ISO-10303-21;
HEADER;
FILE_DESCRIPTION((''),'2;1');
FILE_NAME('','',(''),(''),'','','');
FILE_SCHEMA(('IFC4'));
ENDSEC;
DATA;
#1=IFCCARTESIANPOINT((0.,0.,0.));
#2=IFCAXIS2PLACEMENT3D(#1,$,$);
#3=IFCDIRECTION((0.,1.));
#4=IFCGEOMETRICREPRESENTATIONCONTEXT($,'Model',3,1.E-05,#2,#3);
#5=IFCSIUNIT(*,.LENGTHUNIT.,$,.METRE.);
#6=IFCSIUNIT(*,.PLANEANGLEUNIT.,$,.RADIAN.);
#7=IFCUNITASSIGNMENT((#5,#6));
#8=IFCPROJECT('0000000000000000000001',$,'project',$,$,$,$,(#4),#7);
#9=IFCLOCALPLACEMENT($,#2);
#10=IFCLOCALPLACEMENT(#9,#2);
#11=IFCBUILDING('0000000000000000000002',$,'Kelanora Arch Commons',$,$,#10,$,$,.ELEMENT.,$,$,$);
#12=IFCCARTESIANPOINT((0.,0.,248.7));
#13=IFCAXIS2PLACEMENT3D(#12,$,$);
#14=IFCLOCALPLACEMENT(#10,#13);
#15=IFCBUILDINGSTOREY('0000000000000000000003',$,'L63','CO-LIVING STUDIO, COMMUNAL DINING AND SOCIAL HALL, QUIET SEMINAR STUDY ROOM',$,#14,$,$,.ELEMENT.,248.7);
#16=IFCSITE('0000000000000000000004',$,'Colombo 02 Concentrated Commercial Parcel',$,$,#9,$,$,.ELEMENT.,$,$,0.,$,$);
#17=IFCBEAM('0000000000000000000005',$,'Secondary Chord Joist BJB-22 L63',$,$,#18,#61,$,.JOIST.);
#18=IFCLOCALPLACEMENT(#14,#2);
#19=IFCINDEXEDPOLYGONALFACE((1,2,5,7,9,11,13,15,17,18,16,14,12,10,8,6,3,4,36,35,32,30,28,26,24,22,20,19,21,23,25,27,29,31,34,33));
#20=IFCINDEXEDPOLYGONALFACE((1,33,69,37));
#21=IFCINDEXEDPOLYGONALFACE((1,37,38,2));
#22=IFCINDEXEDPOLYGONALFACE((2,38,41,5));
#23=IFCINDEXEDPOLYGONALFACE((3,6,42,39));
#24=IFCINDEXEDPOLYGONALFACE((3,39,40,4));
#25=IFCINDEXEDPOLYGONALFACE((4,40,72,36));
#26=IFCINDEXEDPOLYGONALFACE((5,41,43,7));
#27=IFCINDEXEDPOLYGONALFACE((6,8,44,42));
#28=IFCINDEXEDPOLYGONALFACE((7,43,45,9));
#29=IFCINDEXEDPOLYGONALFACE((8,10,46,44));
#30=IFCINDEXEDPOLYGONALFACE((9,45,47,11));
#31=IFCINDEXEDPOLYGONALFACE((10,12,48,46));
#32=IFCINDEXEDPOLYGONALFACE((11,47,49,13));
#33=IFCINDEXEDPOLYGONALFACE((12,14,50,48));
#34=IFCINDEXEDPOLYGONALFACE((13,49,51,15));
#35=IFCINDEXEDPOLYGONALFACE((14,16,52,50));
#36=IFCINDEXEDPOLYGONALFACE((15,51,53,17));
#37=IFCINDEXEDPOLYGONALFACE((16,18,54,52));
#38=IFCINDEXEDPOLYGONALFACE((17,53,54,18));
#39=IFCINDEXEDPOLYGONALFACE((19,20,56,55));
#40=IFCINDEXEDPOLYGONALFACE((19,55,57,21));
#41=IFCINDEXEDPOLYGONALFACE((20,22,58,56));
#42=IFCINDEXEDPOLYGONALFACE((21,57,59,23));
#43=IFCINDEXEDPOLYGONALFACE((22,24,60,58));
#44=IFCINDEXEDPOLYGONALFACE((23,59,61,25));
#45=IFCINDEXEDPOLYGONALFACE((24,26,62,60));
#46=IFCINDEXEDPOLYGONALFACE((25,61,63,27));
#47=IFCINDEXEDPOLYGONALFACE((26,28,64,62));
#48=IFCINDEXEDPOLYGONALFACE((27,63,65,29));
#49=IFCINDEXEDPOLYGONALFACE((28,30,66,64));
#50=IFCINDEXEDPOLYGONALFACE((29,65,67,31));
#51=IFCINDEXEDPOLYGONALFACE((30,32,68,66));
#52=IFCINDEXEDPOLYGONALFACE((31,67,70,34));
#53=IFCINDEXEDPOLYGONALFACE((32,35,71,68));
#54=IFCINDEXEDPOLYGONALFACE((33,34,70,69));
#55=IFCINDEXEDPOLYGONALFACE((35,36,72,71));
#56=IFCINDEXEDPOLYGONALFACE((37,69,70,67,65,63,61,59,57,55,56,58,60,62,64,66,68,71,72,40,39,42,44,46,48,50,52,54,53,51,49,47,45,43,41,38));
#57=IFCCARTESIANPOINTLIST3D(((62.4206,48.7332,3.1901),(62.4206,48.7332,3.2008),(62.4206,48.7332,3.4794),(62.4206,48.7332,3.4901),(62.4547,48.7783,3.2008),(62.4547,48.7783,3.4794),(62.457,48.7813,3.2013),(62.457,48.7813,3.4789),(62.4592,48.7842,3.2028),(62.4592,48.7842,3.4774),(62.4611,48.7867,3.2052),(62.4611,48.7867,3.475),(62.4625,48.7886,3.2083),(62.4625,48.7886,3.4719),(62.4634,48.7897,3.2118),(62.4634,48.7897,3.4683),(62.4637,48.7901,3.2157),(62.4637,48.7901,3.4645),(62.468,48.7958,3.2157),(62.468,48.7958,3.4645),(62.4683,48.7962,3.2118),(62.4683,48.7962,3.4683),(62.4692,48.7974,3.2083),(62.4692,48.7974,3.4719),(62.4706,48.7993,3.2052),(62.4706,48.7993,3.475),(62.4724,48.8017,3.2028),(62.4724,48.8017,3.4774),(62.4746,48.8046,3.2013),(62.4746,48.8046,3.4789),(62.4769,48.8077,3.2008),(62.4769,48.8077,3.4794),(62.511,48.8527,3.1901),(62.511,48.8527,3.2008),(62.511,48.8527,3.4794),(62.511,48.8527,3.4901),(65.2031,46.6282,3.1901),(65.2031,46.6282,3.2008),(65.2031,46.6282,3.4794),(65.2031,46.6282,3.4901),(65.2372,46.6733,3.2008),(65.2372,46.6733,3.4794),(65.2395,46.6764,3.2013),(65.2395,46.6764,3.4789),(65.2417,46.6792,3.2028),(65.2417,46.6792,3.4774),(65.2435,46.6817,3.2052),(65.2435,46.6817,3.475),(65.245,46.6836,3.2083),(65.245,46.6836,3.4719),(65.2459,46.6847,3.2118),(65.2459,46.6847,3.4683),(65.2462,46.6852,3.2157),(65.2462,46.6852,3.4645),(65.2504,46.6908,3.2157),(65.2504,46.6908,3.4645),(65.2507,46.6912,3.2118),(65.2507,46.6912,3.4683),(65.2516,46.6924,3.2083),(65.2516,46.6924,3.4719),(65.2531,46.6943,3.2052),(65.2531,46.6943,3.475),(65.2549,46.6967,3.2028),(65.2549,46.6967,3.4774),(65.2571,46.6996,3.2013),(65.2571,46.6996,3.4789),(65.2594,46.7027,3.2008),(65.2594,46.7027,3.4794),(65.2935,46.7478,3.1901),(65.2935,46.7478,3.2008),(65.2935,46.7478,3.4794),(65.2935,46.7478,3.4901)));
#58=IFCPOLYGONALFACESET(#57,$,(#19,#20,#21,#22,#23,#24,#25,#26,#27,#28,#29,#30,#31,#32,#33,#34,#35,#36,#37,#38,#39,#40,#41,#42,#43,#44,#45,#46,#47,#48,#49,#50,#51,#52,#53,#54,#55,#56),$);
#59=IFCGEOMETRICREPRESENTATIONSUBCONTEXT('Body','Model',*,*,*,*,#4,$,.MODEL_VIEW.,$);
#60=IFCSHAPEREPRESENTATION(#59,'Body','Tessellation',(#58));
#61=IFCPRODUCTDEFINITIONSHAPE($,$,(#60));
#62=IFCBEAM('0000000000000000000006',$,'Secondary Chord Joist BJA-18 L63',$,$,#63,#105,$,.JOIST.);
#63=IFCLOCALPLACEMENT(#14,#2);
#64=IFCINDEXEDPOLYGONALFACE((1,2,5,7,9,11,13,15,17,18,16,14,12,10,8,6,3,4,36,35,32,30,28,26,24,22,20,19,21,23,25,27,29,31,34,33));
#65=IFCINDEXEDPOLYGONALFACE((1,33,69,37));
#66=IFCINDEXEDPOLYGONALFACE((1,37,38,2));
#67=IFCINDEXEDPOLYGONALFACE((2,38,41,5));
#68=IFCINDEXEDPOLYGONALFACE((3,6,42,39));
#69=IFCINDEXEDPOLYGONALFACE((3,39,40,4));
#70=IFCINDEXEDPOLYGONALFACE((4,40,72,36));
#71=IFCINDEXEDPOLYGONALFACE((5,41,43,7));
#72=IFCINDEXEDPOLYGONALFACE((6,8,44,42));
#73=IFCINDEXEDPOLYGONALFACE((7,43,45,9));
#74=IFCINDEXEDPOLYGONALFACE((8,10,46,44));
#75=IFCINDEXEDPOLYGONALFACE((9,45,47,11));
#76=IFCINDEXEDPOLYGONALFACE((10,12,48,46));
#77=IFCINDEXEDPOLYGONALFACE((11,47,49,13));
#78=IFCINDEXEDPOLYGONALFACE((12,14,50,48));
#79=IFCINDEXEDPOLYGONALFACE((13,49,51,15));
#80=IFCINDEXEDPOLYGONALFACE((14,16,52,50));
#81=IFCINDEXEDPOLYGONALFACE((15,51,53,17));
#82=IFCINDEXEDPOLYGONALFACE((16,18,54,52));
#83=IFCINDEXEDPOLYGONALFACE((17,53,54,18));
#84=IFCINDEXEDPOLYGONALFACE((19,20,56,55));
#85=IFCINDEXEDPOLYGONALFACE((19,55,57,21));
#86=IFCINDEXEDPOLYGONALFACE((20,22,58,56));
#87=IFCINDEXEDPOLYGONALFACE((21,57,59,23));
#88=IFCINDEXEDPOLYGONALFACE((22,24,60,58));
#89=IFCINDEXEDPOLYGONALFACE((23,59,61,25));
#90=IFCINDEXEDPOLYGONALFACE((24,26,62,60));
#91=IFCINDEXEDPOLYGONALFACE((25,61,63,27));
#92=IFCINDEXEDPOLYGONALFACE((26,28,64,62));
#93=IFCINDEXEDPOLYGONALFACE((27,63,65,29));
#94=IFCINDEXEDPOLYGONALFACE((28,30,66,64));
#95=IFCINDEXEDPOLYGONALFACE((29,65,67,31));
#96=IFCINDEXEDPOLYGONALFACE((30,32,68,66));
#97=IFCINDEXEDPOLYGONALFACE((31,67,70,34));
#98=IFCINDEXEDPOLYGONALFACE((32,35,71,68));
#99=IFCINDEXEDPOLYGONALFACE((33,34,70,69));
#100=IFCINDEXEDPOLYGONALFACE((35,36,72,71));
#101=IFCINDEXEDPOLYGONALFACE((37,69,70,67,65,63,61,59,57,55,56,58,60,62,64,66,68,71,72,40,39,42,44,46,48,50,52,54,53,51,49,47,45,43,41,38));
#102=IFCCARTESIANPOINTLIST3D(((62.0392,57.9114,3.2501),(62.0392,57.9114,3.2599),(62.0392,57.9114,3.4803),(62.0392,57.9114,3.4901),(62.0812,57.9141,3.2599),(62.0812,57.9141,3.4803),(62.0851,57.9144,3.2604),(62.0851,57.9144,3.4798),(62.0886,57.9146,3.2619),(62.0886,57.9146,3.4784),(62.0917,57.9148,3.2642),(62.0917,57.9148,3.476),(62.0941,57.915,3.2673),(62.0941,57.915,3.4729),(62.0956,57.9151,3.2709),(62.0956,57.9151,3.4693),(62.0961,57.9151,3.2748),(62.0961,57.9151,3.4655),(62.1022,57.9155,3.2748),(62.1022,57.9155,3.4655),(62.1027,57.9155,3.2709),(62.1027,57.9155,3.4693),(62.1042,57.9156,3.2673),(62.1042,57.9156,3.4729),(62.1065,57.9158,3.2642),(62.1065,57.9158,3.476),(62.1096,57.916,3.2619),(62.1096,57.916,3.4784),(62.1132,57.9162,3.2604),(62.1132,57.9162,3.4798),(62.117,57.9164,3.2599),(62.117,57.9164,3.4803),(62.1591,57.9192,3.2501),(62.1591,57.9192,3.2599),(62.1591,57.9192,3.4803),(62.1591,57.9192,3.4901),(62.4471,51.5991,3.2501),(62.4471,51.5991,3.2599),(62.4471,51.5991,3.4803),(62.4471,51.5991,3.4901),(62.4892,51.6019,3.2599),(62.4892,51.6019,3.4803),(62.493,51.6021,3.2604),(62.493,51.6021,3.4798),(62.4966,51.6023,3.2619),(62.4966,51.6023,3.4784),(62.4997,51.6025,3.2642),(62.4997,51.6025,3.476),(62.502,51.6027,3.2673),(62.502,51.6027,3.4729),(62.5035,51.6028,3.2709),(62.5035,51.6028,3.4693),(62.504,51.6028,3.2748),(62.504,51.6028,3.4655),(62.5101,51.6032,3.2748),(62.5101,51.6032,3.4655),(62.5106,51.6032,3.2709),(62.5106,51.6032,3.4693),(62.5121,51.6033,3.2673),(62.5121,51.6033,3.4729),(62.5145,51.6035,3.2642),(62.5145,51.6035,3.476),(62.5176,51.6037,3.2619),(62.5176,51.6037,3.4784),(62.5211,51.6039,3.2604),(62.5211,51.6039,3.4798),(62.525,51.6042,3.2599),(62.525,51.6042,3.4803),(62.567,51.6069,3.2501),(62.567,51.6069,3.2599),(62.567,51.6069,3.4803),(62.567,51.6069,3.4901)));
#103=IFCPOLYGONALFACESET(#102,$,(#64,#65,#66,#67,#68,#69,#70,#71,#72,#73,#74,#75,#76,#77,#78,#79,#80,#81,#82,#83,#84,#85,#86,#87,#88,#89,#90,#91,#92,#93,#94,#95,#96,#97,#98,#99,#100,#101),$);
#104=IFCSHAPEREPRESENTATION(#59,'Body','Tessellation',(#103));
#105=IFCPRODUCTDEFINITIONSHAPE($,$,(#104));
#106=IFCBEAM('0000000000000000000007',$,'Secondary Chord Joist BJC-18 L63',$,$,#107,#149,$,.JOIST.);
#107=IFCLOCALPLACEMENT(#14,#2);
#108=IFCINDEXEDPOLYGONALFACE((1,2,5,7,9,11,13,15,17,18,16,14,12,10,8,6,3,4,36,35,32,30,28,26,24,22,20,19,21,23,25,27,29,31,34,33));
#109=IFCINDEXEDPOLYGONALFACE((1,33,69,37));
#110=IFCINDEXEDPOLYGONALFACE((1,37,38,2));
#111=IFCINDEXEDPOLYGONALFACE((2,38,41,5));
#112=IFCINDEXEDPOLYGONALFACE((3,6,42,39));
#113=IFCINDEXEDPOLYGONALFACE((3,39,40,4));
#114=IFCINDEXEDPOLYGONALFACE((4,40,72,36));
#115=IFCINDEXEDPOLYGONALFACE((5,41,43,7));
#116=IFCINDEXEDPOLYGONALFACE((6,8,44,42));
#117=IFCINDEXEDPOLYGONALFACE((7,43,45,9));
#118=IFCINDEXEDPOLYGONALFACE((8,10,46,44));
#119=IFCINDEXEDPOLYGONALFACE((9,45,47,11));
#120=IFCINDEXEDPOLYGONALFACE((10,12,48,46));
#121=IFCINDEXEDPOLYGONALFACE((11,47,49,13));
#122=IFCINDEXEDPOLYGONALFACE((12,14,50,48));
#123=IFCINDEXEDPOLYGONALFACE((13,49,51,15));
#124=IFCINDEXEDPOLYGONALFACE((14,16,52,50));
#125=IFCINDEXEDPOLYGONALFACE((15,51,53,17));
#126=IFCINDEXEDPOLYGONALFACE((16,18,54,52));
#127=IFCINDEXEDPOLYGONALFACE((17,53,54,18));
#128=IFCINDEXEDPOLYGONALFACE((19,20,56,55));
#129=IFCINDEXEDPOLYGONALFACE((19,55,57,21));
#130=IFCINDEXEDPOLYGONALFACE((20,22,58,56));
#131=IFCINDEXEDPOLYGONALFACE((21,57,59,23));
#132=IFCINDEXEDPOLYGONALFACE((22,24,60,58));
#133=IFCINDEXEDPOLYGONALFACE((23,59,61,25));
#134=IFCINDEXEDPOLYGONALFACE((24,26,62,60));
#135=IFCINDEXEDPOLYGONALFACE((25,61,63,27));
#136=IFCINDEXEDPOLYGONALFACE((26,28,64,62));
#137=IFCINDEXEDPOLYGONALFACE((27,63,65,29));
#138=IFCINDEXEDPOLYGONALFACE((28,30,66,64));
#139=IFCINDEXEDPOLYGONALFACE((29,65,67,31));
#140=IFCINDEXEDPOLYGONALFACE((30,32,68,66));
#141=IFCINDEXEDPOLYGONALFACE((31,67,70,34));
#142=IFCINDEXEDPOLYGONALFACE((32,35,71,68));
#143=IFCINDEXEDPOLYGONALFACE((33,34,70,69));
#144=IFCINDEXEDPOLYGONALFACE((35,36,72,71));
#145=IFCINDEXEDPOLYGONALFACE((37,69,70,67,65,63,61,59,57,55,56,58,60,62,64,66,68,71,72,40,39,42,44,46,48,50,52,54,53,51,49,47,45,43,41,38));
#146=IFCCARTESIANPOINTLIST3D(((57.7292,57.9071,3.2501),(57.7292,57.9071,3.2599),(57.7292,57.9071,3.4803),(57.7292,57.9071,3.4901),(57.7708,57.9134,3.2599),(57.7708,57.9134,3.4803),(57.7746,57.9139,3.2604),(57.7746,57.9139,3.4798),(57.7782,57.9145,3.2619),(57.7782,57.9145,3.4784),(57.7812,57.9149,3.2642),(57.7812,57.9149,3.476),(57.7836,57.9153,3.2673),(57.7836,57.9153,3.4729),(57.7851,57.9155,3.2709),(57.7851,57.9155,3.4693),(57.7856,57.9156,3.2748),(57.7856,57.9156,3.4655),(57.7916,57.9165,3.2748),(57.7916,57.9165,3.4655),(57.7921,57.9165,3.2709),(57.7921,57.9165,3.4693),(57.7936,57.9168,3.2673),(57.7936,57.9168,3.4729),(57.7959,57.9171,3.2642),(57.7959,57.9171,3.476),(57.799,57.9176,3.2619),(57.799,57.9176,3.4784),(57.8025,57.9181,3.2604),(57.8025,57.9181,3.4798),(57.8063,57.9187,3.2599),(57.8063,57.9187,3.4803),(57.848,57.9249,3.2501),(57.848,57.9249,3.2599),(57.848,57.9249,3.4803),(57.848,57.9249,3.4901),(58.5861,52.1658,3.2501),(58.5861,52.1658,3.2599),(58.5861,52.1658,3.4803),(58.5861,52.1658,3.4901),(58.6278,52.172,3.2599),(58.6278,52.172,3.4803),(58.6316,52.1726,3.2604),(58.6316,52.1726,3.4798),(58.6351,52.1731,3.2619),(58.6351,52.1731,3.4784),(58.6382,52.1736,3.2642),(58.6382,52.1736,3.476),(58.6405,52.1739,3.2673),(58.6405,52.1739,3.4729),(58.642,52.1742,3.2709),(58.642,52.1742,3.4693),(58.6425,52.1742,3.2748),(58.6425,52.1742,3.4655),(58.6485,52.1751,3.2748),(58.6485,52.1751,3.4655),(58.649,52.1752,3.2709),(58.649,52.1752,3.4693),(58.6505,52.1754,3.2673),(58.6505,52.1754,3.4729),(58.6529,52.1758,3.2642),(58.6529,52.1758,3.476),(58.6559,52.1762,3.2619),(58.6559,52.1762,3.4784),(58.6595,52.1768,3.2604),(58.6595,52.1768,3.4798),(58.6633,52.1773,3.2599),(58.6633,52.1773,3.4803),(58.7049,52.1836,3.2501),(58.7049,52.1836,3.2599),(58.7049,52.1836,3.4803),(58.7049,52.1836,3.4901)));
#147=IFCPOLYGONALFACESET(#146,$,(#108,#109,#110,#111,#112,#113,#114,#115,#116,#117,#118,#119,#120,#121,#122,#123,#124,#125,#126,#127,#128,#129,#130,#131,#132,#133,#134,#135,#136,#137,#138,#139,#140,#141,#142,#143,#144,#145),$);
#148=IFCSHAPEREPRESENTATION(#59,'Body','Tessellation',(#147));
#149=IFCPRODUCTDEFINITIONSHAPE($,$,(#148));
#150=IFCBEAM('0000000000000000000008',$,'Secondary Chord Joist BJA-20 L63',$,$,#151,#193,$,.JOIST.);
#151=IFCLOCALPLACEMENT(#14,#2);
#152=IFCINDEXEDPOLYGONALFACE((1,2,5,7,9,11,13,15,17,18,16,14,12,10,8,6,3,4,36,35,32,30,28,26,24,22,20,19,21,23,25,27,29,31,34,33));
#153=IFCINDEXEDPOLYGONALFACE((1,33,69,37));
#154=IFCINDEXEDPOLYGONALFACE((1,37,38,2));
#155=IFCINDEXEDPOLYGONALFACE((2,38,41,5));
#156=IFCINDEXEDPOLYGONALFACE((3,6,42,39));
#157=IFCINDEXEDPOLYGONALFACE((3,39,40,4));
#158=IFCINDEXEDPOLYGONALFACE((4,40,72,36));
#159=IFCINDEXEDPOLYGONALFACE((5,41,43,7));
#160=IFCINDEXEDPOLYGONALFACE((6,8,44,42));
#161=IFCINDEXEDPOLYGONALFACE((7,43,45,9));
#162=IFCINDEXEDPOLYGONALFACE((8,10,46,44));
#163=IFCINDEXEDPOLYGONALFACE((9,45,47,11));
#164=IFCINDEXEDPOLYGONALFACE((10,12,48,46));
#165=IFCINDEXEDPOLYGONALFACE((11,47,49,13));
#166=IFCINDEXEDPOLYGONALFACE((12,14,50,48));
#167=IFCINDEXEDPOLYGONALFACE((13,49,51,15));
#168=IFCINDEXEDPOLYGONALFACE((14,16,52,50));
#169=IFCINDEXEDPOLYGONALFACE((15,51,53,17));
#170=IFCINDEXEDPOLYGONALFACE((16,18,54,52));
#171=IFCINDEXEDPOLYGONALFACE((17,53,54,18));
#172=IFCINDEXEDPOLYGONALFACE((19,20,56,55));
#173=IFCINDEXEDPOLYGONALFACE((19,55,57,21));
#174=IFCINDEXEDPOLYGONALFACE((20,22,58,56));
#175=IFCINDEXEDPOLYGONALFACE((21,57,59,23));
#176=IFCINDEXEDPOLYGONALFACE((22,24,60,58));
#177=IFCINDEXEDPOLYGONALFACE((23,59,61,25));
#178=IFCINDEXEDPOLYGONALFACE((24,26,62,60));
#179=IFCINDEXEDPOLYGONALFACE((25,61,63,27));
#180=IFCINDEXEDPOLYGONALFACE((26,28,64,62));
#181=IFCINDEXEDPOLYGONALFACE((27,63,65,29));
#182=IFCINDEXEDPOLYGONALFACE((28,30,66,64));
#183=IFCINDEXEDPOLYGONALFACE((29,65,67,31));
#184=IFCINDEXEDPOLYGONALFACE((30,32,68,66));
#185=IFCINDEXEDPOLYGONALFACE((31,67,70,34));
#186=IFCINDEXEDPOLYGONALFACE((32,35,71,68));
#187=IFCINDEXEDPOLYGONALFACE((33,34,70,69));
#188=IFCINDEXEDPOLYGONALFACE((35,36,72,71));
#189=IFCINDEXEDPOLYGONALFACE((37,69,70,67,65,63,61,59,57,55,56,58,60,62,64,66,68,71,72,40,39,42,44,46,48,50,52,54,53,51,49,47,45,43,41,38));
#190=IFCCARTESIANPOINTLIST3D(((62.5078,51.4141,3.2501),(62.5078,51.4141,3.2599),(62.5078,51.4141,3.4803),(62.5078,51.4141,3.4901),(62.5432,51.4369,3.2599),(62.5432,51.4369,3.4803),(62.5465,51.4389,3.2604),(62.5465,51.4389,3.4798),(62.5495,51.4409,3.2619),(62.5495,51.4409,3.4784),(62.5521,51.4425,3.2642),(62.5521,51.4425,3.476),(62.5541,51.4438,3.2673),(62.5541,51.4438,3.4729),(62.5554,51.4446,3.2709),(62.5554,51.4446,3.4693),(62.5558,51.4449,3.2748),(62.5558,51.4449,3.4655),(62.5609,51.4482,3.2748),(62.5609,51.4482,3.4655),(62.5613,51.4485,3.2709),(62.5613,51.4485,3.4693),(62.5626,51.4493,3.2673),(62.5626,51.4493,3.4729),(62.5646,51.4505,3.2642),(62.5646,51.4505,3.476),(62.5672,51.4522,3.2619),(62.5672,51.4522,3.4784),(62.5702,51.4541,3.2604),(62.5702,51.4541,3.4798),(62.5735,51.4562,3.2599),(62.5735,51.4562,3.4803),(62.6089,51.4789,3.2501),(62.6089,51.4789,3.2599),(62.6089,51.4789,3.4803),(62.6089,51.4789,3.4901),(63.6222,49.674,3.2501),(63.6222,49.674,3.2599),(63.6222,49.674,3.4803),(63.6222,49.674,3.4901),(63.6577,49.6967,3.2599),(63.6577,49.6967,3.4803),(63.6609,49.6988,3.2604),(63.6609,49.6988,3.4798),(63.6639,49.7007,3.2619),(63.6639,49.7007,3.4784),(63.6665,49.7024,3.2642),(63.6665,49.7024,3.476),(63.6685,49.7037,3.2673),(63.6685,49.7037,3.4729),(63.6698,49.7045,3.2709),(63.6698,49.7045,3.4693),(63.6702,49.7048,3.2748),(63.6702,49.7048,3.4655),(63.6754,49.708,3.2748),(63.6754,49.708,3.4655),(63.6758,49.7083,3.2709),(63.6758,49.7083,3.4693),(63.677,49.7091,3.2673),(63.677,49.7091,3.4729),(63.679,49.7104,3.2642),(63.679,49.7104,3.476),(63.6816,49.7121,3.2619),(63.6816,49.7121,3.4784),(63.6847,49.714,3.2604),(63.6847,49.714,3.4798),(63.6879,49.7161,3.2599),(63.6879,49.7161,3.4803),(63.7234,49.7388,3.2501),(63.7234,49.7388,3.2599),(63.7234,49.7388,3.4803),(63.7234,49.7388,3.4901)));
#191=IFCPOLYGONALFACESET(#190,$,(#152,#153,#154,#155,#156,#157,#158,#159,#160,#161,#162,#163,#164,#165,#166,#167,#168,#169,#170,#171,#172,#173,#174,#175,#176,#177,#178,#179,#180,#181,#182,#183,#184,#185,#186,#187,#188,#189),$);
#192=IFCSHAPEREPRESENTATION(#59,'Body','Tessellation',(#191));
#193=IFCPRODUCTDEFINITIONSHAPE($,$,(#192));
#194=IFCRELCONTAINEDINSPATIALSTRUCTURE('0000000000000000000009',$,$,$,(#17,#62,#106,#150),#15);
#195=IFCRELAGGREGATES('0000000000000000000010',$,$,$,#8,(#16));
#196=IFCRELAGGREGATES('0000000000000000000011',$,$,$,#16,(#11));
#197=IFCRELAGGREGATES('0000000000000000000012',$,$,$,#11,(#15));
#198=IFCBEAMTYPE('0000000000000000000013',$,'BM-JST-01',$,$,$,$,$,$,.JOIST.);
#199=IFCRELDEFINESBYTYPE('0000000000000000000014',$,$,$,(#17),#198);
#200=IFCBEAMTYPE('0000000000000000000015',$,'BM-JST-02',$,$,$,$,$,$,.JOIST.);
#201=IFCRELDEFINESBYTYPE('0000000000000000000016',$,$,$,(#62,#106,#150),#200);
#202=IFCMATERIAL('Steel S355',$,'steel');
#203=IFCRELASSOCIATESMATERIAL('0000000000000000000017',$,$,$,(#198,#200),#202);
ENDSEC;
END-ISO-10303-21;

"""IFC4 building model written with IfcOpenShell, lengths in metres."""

from ifc_helpers import new_model, si_unit, direction, frame, origin, origin_2d, place, context, subcontext, project, spatial, i_section, extrude, material, material_profile, profile_set, type_object, element, save


model = new_model("IFC4")

# Units and contexts
model_context = context("Model", 3, precision=1e-05, world=origin(), true_north=direction((0.0, 1.0)))
body_context = subcontext(model_context, "Body", "Model", "MODEL_VIEW")
ifc_project = project(units=[si_unit("LENGTHUNIT", "METRE"), si_unit("PLANEANGLEUNIT", "RADIAN")], contexts=[model_context])

# Site, building, storey
site_placement = place(None, origin())
site = spatial("IfcSite", under=ifc_project, at=site_placement, Name="Colombo 02 Concentrated Commercial Parcel", CompositionType="ELEMENT", RefElevation=0.0)
building_placement = place(site_placement, origin())
building = spatial("IfcBuilding", under=site, at=building_placement, Name="Kelanora Arch Commons", CompositionType="ELEMENT")
storey_placement = place(building_placement, frame((0.0, 0.0, 248.7)))
storey = spatial("IfcBuildingStorey", under=building, at=storey_placement, Name="L63", Description="CO-LIVING STUDIO, COMMUNAL DINING AND SOCIAL HALL, QUIET SEMINAR STUDY ROOM", CompositionType="ELEMENT", Elevation=248.7)

# Beams
ifc_material_1 = material(Name="Steel S355", Category="steel")
ifc_material_profile_1 = material_profile(ifc_material_1, i_section(OverallWidth=0.1499, OverallDepth=0.3, WebThickness=0.0071, FlangeThickness=0.0107, FilletRadius=0.0149, at=origin_2d()), Name="IPE300")
ifc_profile_set_1 = profile_set([ifc_material_profile_1], Name="Steel S355")
beam_type_1 = type_object("IfcBeamType", Name="BM-JST-01", PredefinedType="JOIST", material=ifc_profile_set_1)
beam_1_placement = place(storey_placement, frame((62.4658, 48.793, 3.3401), z_axis=(0.797499, -0.60332, 0.0), x_axis=(0.60332, 0.797499, 0.0)))
element("IfcBeam", 1, at=beam_1_placement, inside=storey, type_object=beam_type_1, Name="Secondary Chord Joist BJB-22 L63", PredefinedType="JOIST", context=body_context, shape_type="SweptSolid", body=[
    extrude(i_section(OverallWidth=0.1499, OverallDepth=0.3, WebThickness=0.0071, FlangeThickness=0.0107, FilletRadius=0.0149, at=origin_2d()), origin(), (0.0, 0.0, 1.0), 3.489),
])
ifc_material_profile_2 = material_profile(ifc_material_1, i_section(OverallWidth=0.1201, OverallDepth=0.24, WebThickness=0.0061, FlangeThickness=0.0098, FilletRadius=0.0149, at=origin_2d()), Name="IPE240")
ifc_profile_set_2 = profile_set([ifc_material_profile_2], Name="Steel S355")
beam_type_2 = type_object("IfcBeamType", Name="BM-JST-02", PredefinedType="JOIST", material=ifc_profile_set_2)
beam_2_placement = place(storey_placement, frame((62.0991, 57.9153, 3.3701), z_axis=(0.064495, -0.997918, 0.0), x_axis=(0.997918, 0.064495, 0.0)))
element("IfcBeam", 2, at=beam_2_placement, inside=storey, type_object=beam_type_2, Name="Secondary Chord Joist BJA-18 L63", PredefinedType="JOIST", context=body_context, shape_type="SweptSolid", body=[
    extrude(i_section(OverallWidth=0.1201, OverallDepth=0.24, WebThickness=0.0061, FlangeThickness=0.0098, FilletRadius=0.0149, at=origin_2d()), origin(), (0.0, 0.0, 1.0), 6.3254),
])
beam_3_placement = place(storey_placement, frame((57.7886, 57.916, 3.3701), z_axis=(0.147625, -0.989043, 0.0), x_axis=(0.989043, 0.147625, 0.0)))
element("IfcBeam", 3, at=beam_3_placement, inside=storey, type_object=beam_type_2, Name="Secondary Chord Joist BJC-18 L63", PredefinedType="JOIST", context=body_context, shape_type="SweptSolid", body=[
    extrude(i_section(OverallWidth=0.1201, OverallDepth=0.24, WebThickness=0.0061, FlangeThickness=0.0098, FilletRadius=0.0149, at=origin_2d()), origin(), (0.0, 0.0, 1.0), 5.8049),
])
beam_4_placement = place(storey_placement, frame((62.5583, 51.4465, 3.3701), z_axis=(0.539312, -0.842106, 0.0), x_axis=(0.842106, 0.539312, 0.0)))
element("IfcBeam", 4, at=beam_4_placement, inside=storey, type_object=beam_type_2, Name="Secondary Chord Joist BJA-20 L63", PredefinedType="JOIST", context=body_context, shape_type="SweptSolid", body=[
    extrude(i_section(OverallWidth=0.1201, OverallDepth=0.24, WebThickness=0.0061, FlangeThickness=0.0098, FilletRadius=0.0149, at=origin_2d()), origin(), (0.0, 0.0, 1.0), 2.0664),
])

save(model, "model.ifc")
